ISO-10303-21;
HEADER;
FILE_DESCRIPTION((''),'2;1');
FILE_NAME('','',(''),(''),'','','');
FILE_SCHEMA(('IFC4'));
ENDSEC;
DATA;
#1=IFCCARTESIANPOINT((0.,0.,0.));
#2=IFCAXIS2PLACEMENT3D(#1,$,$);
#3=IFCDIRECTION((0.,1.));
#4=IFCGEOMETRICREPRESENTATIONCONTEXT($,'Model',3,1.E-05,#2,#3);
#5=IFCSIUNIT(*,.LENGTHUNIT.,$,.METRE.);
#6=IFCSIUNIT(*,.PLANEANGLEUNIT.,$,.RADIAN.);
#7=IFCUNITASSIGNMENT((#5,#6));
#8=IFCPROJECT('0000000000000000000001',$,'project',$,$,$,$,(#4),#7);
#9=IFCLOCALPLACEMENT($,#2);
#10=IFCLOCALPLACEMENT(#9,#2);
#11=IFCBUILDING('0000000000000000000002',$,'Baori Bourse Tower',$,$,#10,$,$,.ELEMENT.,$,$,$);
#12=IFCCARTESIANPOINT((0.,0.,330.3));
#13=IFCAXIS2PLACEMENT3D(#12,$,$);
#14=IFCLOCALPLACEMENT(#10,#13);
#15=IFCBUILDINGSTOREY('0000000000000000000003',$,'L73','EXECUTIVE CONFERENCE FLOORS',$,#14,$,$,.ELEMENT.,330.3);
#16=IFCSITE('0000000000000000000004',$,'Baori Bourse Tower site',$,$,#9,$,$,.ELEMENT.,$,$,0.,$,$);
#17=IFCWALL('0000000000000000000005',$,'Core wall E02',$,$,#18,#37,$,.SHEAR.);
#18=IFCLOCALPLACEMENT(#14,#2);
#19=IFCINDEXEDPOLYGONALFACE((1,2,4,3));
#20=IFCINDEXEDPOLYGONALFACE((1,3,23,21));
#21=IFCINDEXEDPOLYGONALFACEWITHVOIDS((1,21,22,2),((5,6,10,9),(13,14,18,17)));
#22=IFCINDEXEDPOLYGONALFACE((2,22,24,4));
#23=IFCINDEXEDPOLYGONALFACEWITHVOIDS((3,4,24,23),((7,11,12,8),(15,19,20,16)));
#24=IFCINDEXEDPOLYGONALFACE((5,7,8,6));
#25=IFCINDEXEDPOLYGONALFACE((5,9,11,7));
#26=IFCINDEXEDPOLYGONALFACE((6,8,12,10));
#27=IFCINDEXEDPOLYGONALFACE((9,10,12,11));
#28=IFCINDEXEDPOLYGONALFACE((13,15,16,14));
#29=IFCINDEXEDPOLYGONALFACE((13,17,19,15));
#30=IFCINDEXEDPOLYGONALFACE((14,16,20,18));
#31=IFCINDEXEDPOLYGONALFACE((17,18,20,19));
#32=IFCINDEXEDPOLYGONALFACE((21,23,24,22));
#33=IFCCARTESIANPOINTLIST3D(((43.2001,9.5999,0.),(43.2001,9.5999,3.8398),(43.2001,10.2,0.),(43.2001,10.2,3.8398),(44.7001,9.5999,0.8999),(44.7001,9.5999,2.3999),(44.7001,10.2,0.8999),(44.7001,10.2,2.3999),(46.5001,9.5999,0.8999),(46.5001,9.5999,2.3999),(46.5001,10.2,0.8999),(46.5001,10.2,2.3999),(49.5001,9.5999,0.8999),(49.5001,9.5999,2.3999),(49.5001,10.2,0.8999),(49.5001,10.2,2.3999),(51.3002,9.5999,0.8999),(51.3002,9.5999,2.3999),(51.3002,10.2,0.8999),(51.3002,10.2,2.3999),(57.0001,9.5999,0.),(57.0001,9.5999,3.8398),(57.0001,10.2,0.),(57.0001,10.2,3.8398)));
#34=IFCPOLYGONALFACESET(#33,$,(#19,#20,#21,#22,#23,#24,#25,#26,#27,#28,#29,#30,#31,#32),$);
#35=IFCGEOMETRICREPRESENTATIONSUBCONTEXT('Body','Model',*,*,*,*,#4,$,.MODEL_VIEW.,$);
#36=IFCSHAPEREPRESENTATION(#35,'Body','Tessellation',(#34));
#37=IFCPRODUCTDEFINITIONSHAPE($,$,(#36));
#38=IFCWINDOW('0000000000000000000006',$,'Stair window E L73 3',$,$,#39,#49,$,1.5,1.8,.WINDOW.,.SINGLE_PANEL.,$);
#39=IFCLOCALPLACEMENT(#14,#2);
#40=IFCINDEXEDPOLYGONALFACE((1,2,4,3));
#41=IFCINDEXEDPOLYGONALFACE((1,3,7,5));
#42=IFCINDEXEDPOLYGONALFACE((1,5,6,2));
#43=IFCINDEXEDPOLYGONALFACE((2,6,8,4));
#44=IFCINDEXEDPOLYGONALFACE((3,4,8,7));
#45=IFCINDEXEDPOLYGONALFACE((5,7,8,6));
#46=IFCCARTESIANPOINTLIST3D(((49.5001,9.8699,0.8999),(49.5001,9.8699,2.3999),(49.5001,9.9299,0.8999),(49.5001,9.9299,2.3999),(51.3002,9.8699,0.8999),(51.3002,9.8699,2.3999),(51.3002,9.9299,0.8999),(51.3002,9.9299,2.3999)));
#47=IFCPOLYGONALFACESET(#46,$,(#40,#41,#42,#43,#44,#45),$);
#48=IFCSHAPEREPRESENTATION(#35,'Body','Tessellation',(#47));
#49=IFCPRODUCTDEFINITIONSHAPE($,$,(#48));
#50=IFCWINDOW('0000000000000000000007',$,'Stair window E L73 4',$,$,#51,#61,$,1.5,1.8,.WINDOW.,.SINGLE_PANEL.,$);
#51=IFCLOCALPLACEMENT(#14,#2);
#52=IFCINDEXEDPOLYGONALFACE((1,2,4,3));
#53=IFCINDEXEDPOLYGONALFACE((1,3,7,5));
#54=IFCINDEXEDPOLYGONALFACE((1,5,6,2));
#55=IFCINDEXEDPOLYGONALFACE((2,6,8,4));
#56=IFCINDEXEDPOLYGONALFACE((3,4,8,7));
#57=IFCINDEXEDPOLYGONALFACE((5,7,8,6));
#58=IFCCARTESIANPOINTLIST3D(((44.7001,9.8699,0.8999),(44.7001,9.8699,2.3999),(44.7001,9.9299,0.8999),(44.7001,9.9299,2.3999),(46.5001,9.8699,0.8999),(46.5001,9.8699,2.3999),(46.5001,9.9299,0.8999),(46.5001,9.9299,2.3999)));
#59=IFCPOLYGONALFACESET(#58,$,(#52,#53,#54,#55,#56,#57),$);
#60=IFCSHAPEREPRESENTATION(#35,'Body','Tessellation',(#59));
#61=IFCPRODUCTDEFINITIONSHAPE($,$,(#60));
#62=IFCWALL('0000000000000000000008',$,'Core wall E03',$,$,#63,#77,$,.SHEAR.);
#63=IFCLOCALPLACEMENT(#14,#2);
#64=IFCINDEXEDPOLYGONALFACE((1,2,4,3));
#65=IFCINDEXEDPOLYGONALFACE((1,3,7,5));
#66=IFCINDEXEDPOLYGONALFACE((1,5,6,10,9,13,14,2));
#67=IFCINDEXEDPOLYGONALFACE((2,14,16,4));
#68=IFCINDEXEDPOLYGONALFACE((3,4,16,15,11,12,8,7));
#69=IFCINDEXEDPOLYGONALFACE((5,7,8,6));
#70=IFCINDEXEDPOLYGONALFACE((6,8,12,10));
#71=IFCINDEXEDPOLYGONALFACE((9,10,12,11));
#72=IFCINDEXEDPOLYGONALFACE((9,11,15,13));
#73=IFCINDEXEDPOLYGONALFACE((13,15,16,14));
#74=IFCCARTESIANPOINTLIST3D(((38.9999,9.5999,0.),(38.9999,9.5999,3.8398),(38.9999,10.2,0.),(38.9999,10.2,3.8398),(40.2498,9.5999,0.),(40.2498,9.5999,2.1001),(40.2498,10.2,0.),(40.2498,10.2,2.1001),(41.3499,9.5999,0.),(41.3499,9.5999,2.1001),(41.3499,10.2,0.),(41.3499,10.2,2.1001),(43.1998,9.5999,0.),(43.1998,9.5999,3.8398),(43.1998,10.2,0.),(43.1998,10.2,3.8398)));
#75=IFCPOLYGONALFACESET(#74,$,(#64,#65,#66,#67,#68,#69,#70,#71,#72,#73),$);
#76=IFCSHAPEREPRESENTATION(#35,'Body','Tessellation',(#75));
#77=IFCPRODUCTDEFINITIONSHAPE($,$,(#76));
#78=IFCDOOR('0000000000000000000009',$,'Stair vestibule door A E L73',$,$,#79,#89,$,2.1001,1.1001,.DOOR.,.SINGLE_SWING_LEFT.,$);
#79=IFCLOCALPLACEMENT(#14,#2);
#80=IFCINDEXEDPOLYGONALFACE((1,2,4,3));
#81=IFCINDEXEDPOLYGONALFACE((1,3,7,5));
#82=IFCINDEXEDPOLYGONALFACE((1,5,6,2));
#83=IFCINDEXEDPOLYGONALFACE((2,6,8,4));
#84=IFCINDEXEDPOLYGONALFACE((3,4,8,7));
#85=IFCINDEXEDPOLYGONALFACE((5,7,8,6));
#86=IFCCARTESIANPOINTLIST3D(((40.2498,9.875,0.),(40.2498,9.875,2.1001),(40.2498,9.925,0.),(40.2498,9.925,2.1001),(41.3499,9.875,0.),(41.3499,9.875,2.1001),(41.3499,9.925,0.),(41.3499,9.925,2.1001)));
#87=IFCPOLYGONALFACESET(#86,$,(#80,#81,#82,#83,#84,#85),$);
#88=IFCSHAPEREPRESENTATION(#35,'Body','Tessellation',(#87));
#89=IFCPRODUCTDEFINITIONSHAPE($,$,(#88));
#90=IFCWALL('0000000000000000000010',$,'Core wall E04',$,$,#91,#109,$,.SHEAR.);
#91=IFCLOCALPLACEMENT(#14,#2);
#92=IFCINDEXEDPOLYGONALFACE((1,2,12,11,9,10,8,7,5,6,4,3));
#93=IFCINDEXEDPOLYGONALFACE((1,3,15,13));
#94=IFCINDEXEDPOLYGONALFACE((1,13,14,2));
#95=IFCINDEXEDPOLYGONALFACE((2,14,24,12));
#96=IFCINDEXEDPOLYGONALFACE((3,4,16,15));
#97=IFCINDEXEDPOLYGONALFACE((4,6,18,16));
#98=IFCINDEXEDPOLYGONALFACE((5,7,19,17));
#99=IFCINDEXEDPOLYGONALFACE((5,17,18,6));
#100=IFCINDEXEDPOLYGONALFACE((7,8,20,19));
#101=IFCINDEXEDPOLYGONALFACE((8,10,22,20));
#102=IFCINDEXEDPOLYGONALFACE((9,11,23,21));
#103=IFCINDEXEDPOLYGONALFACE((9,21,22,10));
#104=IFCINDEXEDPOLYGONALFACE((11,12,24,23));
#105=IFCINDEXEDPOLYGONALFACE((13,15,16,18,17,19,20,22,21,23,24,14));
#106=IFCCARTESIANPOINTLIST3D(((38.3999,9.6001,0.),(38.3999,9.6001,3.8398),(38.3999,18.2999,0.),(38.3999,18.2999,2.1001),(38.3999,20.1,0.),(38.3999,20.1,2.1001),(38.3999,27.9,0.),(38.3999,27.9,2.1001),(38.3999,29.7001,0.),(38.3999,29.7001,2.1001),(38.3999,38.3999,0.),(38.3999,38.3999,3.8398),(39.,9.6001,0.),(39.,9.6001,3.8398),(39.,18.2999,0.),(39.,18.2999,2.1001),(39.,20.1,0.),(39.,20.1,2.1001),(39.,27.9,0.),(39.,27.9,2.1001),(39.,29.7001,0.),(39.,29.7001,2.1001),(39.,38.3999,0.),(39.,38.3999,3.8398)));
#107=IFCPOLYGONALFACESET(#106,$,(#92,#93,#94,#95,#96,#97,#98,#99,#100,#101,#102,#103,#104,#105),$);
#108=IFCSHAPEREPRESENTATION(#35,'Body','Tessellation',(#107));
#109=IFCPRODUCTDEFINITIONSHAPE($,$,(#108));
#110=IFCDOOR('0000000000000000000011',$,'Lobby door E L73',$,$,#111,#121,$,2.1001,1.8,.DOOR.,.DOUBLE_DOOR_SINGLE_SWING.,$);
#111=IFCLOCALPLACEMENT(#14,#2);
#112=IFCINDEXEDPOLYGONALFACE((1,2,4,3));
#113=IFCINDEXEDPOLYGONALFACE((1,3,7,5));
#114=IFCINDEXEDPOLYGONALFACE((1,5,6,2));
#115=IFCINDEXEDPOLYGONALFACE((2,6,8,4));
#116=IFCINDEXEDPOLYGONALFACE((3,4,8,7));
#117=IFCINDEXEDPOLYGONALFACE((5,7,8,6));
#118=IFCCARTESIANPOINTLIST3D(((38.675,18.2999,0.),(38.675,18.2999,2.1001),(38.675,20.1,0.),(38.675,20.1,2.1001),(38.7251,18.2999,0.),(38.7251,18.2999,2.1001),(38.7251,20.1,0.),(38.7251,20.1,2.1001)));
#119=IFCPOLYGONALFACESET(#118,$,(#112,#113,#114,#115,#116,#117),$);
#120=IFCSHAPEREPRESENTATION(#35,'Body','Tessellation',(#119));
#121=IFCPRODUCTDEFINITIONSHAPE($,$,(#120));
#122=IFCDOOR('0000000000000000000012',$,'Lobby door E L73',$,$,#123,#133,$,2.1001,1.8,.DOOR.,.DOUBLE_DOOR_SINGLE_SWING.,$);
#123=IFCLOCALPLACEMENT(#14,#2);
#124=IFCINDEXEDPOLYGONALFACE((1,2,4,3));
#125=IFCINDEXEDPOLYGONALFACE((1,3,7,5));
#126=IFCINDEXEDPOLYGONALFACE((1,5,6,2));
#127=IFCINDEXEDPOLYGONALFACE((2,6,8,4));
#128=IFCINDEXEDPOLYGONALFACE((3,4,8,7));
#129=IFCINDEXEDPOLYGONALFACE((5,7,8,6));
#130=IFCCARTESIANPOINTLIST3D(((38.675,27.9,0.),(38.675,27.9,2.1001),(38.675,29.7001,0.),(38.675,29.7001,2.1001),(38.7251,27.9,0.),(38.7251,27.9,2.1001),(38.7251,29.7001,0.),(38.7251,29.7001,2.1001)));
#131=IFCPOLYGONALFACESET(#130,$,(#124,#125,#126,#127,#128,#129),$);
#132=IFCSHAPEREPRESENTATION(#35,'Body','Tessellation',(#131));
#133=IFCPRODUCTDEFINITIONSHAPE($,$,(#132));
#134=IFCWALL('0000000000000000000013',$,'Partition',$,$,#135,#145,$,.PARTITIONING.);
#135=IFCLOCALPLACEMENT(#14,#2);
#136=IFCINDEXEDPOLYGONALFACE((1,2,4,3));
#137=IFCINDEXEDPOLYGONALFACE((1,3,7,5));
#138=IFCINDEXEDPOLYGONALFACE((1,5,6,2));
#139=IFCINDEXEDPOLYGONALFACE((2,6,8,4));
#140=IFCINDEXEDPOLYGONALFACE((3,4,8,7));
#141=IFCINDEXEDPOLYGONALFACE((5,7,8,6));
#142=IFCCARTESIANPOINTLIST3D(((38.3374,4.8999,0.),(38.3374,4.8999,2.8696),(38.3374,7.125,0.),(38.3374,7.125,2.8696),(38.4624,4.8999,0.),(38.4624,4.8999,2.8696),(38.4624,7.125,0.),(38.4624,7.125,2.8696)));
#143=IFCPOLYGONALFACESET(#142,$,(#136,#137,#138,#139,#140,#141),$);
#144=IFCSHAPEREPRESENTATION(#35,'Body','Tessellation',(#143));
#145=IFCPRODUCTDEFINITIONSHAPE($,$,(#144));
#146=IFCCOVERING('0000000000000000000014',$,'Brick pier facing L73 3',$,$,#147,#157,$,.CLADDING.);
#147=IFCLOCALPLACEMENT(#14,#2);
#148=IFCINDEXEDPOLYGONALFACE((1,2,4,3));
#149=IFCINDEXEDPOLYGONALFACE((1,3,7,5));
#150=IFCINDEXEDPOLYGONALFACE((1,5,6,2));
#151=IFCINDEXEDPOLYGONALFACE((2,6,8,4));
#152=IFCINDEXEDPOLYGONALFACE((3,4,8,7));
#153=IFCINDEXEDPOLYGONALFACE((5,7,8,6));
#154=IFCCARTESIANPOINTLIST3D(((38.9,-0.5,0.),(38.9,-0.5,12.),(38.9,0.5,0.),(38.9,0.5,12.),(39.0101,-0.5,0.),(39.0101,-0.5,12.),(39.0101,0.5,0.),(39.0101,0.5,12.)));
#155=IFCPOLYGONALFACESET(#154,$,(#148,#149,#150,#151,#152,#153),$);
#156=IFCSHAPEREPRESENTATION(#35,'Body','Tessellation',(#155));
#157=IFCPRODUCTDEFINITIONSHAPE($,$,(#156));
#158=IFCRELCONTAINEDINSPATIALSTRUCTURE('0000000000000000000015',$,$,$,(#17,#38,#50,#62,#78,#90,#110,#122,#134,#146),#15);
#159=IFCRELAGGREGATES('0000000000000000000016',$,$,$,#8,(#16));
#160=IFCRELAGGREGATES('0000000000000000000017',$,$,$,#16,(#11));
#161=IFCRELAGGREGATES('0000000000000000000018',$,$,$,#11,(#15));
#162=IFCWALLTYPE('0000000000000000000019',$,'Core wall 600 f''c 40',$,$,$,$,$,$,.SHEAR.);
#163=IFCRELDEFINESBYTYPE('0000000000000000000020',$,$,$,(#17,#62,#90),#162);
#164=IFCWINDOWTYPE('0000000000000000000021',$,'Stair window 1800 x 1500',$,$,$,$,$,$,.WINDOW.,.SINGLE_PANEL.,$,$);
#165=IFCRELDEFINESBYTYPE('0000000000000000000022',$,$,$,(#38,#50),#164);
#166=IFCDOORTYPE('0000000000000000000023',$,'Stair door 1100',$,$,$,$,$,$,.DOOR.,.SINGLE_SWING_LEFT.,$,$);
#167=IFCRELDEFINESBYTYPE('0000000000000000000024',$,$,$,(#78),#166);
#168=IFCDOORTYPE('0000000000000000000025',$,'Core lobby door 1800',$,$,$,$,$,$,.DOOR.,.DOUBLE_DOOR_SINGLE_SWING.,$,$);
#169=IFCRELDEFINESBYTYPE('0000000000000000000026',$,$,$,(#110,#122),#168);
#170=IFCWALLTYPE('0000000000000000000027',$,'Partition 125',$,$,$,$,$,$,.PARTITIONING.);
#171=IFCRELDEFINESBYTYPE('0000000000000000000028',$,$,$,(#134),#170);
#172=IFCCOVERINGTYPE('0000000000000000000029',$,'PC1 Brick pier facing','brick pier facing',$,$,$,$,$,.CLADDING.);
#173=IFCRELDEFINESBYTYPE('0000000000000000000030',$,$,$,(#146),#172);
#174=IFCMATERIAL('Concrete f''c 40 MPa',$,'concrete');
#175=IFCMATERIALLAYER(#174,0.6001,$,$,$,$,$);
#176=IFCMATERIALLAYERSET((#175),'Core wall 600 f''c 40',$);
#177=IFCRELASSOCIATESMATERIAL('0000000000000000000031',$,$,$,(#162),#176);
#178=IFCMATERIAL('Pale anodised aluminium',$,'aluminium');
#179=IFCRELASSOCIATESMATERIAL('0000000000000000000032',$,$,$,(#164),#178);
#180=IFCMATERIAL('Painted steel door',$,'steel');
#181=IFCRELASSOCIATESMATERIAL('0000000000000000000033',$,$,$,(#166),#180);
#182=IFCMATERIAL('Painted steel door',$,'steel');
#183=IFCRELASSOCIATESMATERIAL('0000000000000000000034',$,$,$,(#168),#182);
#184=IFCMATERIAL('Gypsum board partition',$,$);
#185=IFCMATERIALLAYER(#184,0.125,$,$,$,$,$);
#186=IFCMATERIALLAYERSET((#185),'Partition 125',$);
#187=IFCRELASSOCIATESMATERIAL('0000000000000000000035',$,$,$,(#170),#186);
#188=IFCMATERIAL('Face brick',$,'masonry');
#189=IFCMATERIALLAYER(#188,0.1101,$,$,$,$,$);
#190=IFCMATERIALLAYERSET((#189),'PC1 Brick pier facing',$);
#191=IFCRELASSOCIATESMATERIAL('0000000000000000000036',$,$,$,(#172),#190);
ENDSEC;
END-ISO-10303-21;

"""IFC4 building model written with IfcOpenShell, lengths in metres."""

from ifc_helpers import new_model, si_unit, direction, frame, frame_2d, origin, origin_2d, place, context, subcontext, project, spatial, rectangle, extrude, material, layer, layer_set, type_object, element, fill, save


model = new_model("IFC4")

# Units and contexts
model_context = context("Model", 3, precision=1e-05, world=origin(), true_north=direction((0.0, 1.0)))
body_context = subcontext(model_context, "Body", "Model", "MODEL_VIEW")
ifc_project = project(units=[si_unit("LENGTHUNIT", "METRE"), si_unit("PLANEANGLEUNIT", "RADIAN")], contexts=[model_context])

# Site, building, storey
site_placement = place(None, origin())
site = spatial("IfcSite", under=ifc_project, at=site_placement, Name="Baori Bourse Tower site", CompositionType="ELEMENT", RefElevation=0.0)
building_placement = place(site_placement, origin())
building = spatial("IfcBuilding", under=site, at=building_placement, Name="Baori Bourse Tower", CompositionType="ELEMENT")
storey_placement = place(building_placement, frame((0.0, 0.0, 330.3)))
storey = spatial("IfcBuildingStorey", under=building, at=storey_placement, Name="L73", Description="EXECUTIVE CONFERENCE FLOORS", CompositionType="ELEMENT", Elevation=330.3)

# Wall, openings, windows
ifc_material_1 = material(Name="Concrete f'c 40 MPa", Category="concrete")
ifc_layer_1 = layer(ifc_material_1, 0.6001)
ifc_layer_set_1 = layer_set([ifc_layer_1], Name="Core wall 600 f'c 40")
wall_type_1 = type_object("IfcWallType", Name="Core wall 600 f'c 40", PredefinedType="SHEAR", material=ifc_layer_set_1)
wall_1_placement = place(storey_placement, frame((57.0, 9.8999, 0.0), z_axis=(0.0, 0.0, 1.0), x_axis=(-1.0, 0.0, 0.0)))
wall_1 = element("IfcWall", 1, at=wall_1_placement, inside=storey, type_object=wall_type_1, Name="Core wall E02", PredefinedType="SHEAR", context=body_context, shape_type="SweptSolid", body=[
    extrude(rectangle(XDim=13.8, YDim=0.6001, at=frame_2d((6.8999, 0.0))), origin(), (0.0, 0.0, 1.0), 3.8398),
])
opening_1_placement = place(wall_1_placement, frame((5.7, 0.0, 0.8999)))
opening_1 = element("IfcOpeningElement", 2, at=opening_1_placement, cuts=wall_1, PredefinedType="OPENING", context=body_context, shape_type="SweptSolid", body=[
    extrude(rectangle(XDim=1.8, YDim=1.5, at=frame_2d((0.8999, 0.75))), frame((0.0, 0.3101, 0.0), z_axis=(0.0, -1.0, 0.0), x_axis=(1.0, 0.0, 0.0)), (0.0, 0.0, 1.0), 0.6201),
])
opening_2_placement = place(wall_1_placement, frame((10.5, 0.0, 0.8999)))
opening_2 = element("IfcOpeningElement", 3, at=opening_2_placement, cuts=wall_1, PredefinedType="OPENING", context=body_context, shape_type="SweptSolid", body=[
    extrude(rectangle(XDim=1.8, YDim=1.5, at=frame_2d((0.8999, 0.75))), frame((0.0, 0.3101, 0.0), z_axis=(0.0, -1.0, 0.0), x_axis=(1.0, 0.0, 0.0)), (0.0, 0.0, 1.0), 0.6201),
])
ifc_material_2 = material(Name="Pale anodised aluminium", Category="aluminium")
window_type = type_object("IfcWindowType", Name="Stair window 1800 x 1500", PartitioningType="SINGLE_PANEL", PredefinedType="WINDOW", material=ifc_material_2)
window_1_placement = place(opening_1_placement, origin())
window_1 = element("IfcWindow", 4, at=window_1_placement, inside=storey, type_object=window_type, Name="Stair window E L73 3", OverallHeight=1.5, OverallWidth=1.8, PartitioningType="SINGLE_PANEL", PredefinedType="WINDOW", context=body_context, shape_type="SweptSolid", body=[
    extrude(rectangle(XDim=1.8, YDim=1.5, at=frame_2d((0.8999, 0.75))), frame((0.0, 0.03, 0.0), z_axis=(0.0, -1.0, 0.0), x_axis=(1.0, 0.0, 0.0)), (0.0, 0.0, 1.0), 0.0601),
])
fill(opening_1, window_1)
window_2_placement = place(opening_2_placement, origin())
window_2 = element("IfcWindow", 5, at=window_2_placement, inside=storey, type_object=window_type, Name="Stair window E L73 4", OverallHeight=1.5, OverallWidth=1.8, PartitioningType="SINGLE_PANEL", PredefinedType="WINDOW", context=body_context, shape_type="SweptSolid", body=[
    extrude(rectangle(XDim=1.8, YDim=1.5, at=frame_2d((0.8999, 0.75))), frame((0.0, 0.03, 0.0), z_axis=(0.0, -1.0, 0.0), x_axis=(1.0, 0.0, 0.0)), (0.0, 0.0, 1.0), 0.0601),
])
fill(opening_2, window_2)

# Wall, opening, door
wall_2_placement = place(storey_placement, frame((43.2, 9.8999, 0.0), z_axis=(0.0, 0.0, 1.0), x_axis=(-1.0, 0.0, 0.0)))
wall_2 = element("IfcWall", 6, at=wall_2_placement, inside=storey, type_object=wall_type_1, Name="Core wall E03", PredefinedType="SHEAR", context=body_context, shape_type="SweptSolid", body=[
    extrude(rectangle(XDim=4.2, YDim=0.6001, at=frame_2d((2.1001, 0.0))), origin(), (0.0, 0.0, 1.0), 3.8398),
])
opening_3_placement = place(wall_2_placement, frame((1.8501, 0.0, 0.0)))
opening_3 = element("IfcOpeningElement", 7, at=opening_3_placement, cuts=wall_2, PredefinedType="OPENING", context=body_context, shape_type="SweptSolid", body=[
    extrude(rectangle(XDim=1.1001, YDim=2.1001, at=frame_2d((0.55, 1.05))), frame((0.0, 0.3101, 0.0), z_axis=(0.0, -1.0, 0.0), x_axis=(1.0, 0.0, 0.0)), (0.0, 0.0, 1.0), 0.6201),
])
ifc_material_3 = material(Name="Painted steel door", Category="steel")
door_type_1 = type_object("IfcDoorType", Name="Stair door 1100", OperationType="SINGLE_SWING_LEFT", PredefinedType="DOOR", material=ifc_material_3)
door_1_placement = place(opening_3_placement, origin())
door_1 = element("IfcDoor", 8, at=door_1_placement, inside=storey, type_object=door_type_1, Name="Stair vestibule door A E L73", OperationType="SINGLE_SWING_LEFT", OverallHeight=2.1001, OverallWidth=1.1001, PredefinedType="DOOR", context=body_context, shape_type="SweptSolid", body=[
    extrude(rectangle(XDim=1.1001, YDim=2.1001, at=frame_2d((0.55, 1.05))), frame((0.0, 0.0249, 0.0), z_axis=(0.0, -1.0, 0.0), x_axis=(1.0, 0.0, 0.0)), (0.0, 0.0, 1.0), 0.05),
])
fill(opening_3, door_1)

# Wall, openings, doors
wall_3_placement = place(storey_placement, frame((38.7, 9.6001, 0.0), z_axis=(0.0, 0.0, 1.0), x_axis=(0.0, 1.0, 0.0)))
wall_3 = element("IfcWall", 9, at=wall_3_placement, inside=storey, type_object=wall_type_1, Name="Core wall E04", PredefinedType="SHEAR", context=body_context, shape_type="SweptSolid", body=[
    extrude(rectangle(XDim=28.7998, YDim=0.6001, at=frame_2d((14.3999, 0.0))), origin(), (0.0, 0.0, 1.0), 3.8398),
])
opening_4_placement = place(wall_3_placement, frame((8.7, 0.0, 0.0)))
opening_4 = element("IfcOpeningElement", 10, at=opening_4_placement, cuts=wall_3, PredefinedType="OPENING", context=body_context, shape_type="SweptSolid", body=[
    extrude(rectangle(XDim=1.8, YDim=2.1001, at=frame_2d((0.8999, 1.05))), frame((0.0, 0.3101, 0.0), z_axis=(0.0, -1.0, 0.0), x_axis=(1.0, 0.0, 0.0)), (0.0, 0.0, 1.0), 0.6201),
])
opening_5_placement = place(wall_3_placement, frame((18.3, 0.0, 0.0)))
opening_5 = element("IfcOpeningElement", 11, at=opening_5_placement, cuts=wall_3, PredefinedType="OPENING", context=body_context, shape_type="SweptSolid", body=[
    extrude(rectangle(XDim=1.8, YDim=2.1001, at=frame_2d((0.8999, 1.05))), frame((0.0, 0.3101, 0.0), z_axis=(0.0, -1.0, 0.0), x_axis=(1.0, 0.0, 0.0)), (0.0, 0.0, 1.0), 0.6201),
])
ifc_material_4 = material(Name="Painted steel door", Category="steel")
door_type_2 = type_object("IfcDoorType", Name="Core lobby door 1800", OperationType="DOUBLE_DOOR_SINGLE_SWING", PredefinedType="DOOR", material=ifc_material_4)
door_2_placement = place(opening_4_placement, origin())
door_2 = element("IfcDoor", 12, at=door_2_placement, inside=storey, type_object=door_type_2, Name="Lobby door E L73", OperationType="DOUBLE_DOOR_SINGLE_SWING", OverallHeight=2.1001, OverallWidth=1.8, PredefinedType="DOOR", context=body_context, shape_type="SweptSolid", body=[
    extrude(rectangle(XDim=1.8, YDim=2.1001, at=frame_2d((0.8999, 1.05))), frame((0.0, 0.0249, 0.0), z_axis=(0.0, -1.0, 0.0), x_axis=(1.0, 0.0, 0.0)), (0.0, 0.0, 1.0), 0.05),
])
fill(opening_4, door_2)
door_3_placement = place(opening_5_placement, origin())
door_3 = element("IfcDoor", 13, at=door_3_placement, inside=storey, type_object=door_type_2, Name="Lobby door E L73", OperationType="DOUBLE_DOOR_SINGLE_SWING", OverallHeight=2.1001, OverallWidth=1.8, PredefinedType="DOOR", context=body_context, shape_type="SweptSolid", body=[
    extrude(rectangle(XDim=1.8, YDim=2.1001, at=frame_2d((0.8999, 1.05))), frame((0.0, 0.0249, 0.0), z_axis=(0.0, -1.0, 0.0), x_axis=(1.0, 0.0, 0.0)), (0.0, 0.0, 1.0), 0.05),
])
fill(opening_5, door_3)

# Wall
ifc_material_5 = material(Name="Gypsum board partition")
ifc_layer_2 = layer(ifc_material_5, 0.125)
ifc_layer_set_2 = layer_set([ifc_layer_2], Name="Partition 125")
wall_type_2 = type_object("IfcWallType", Name="Partition 125", PredefinedType="PARTITIONING", material=ifc_layer_set_2)
wall_4_placement = place(storey_placement, frame((38.3999, 4.8999, 0.0), z_axis=(0.0, 0.0, 1.0), x_axis=(0.0, 1.0, 0.0)))
element("IfcWall", 14, at=wall_4_placement, inside=storey, type_object=wall_type_2, Name="Partition", PredefinedType="PARTITIONING", context=body_context, shape_type="SweptSolid", body=[
    extrude(rectangle(XDim=2.2251, YDim=0.125, at=frame_2d((1.1125, 0.0))), origin(), (0.0, 0.0, 1.0), 2.8696),
])

# Covering
ifc_material_6 = material(Name="Face brick", Category="masonry")
ifc_layer_3 = layer(ifc_material_6, 0.1101)
ifc_layer_set_3 = layer_set([ifc_layer_3], Name="PC1 Brick pier facing")
covering_type = type_object("IfcCoveringType", Name="PC1 Brick pier facing", Description="brick pier facing", PredefinedType="CLADDING", material=ifc_layer_set_3)
covering_placement = place(storey_placement, frame((38.9551, 0.0, 0.0), z_axis=(0.0, 0.0, 1.0), x_axis=(1.0, 0.0, 0.0)))
element("IfcCovering", 15, at=covering_placement, inside=storey, type_object=covering_type, Name="Brick pier facing L73 3", PredefinedType="CLADDING", context=body_context, shape_type="SweptSolid", body=[
    extrude(rectangle(XDim=0.1101, YDim=1.0, at=origin_2d()), origin(), (0.0, 0.0, 1.0), 12.0),
])

save(model, "model.ifc")
